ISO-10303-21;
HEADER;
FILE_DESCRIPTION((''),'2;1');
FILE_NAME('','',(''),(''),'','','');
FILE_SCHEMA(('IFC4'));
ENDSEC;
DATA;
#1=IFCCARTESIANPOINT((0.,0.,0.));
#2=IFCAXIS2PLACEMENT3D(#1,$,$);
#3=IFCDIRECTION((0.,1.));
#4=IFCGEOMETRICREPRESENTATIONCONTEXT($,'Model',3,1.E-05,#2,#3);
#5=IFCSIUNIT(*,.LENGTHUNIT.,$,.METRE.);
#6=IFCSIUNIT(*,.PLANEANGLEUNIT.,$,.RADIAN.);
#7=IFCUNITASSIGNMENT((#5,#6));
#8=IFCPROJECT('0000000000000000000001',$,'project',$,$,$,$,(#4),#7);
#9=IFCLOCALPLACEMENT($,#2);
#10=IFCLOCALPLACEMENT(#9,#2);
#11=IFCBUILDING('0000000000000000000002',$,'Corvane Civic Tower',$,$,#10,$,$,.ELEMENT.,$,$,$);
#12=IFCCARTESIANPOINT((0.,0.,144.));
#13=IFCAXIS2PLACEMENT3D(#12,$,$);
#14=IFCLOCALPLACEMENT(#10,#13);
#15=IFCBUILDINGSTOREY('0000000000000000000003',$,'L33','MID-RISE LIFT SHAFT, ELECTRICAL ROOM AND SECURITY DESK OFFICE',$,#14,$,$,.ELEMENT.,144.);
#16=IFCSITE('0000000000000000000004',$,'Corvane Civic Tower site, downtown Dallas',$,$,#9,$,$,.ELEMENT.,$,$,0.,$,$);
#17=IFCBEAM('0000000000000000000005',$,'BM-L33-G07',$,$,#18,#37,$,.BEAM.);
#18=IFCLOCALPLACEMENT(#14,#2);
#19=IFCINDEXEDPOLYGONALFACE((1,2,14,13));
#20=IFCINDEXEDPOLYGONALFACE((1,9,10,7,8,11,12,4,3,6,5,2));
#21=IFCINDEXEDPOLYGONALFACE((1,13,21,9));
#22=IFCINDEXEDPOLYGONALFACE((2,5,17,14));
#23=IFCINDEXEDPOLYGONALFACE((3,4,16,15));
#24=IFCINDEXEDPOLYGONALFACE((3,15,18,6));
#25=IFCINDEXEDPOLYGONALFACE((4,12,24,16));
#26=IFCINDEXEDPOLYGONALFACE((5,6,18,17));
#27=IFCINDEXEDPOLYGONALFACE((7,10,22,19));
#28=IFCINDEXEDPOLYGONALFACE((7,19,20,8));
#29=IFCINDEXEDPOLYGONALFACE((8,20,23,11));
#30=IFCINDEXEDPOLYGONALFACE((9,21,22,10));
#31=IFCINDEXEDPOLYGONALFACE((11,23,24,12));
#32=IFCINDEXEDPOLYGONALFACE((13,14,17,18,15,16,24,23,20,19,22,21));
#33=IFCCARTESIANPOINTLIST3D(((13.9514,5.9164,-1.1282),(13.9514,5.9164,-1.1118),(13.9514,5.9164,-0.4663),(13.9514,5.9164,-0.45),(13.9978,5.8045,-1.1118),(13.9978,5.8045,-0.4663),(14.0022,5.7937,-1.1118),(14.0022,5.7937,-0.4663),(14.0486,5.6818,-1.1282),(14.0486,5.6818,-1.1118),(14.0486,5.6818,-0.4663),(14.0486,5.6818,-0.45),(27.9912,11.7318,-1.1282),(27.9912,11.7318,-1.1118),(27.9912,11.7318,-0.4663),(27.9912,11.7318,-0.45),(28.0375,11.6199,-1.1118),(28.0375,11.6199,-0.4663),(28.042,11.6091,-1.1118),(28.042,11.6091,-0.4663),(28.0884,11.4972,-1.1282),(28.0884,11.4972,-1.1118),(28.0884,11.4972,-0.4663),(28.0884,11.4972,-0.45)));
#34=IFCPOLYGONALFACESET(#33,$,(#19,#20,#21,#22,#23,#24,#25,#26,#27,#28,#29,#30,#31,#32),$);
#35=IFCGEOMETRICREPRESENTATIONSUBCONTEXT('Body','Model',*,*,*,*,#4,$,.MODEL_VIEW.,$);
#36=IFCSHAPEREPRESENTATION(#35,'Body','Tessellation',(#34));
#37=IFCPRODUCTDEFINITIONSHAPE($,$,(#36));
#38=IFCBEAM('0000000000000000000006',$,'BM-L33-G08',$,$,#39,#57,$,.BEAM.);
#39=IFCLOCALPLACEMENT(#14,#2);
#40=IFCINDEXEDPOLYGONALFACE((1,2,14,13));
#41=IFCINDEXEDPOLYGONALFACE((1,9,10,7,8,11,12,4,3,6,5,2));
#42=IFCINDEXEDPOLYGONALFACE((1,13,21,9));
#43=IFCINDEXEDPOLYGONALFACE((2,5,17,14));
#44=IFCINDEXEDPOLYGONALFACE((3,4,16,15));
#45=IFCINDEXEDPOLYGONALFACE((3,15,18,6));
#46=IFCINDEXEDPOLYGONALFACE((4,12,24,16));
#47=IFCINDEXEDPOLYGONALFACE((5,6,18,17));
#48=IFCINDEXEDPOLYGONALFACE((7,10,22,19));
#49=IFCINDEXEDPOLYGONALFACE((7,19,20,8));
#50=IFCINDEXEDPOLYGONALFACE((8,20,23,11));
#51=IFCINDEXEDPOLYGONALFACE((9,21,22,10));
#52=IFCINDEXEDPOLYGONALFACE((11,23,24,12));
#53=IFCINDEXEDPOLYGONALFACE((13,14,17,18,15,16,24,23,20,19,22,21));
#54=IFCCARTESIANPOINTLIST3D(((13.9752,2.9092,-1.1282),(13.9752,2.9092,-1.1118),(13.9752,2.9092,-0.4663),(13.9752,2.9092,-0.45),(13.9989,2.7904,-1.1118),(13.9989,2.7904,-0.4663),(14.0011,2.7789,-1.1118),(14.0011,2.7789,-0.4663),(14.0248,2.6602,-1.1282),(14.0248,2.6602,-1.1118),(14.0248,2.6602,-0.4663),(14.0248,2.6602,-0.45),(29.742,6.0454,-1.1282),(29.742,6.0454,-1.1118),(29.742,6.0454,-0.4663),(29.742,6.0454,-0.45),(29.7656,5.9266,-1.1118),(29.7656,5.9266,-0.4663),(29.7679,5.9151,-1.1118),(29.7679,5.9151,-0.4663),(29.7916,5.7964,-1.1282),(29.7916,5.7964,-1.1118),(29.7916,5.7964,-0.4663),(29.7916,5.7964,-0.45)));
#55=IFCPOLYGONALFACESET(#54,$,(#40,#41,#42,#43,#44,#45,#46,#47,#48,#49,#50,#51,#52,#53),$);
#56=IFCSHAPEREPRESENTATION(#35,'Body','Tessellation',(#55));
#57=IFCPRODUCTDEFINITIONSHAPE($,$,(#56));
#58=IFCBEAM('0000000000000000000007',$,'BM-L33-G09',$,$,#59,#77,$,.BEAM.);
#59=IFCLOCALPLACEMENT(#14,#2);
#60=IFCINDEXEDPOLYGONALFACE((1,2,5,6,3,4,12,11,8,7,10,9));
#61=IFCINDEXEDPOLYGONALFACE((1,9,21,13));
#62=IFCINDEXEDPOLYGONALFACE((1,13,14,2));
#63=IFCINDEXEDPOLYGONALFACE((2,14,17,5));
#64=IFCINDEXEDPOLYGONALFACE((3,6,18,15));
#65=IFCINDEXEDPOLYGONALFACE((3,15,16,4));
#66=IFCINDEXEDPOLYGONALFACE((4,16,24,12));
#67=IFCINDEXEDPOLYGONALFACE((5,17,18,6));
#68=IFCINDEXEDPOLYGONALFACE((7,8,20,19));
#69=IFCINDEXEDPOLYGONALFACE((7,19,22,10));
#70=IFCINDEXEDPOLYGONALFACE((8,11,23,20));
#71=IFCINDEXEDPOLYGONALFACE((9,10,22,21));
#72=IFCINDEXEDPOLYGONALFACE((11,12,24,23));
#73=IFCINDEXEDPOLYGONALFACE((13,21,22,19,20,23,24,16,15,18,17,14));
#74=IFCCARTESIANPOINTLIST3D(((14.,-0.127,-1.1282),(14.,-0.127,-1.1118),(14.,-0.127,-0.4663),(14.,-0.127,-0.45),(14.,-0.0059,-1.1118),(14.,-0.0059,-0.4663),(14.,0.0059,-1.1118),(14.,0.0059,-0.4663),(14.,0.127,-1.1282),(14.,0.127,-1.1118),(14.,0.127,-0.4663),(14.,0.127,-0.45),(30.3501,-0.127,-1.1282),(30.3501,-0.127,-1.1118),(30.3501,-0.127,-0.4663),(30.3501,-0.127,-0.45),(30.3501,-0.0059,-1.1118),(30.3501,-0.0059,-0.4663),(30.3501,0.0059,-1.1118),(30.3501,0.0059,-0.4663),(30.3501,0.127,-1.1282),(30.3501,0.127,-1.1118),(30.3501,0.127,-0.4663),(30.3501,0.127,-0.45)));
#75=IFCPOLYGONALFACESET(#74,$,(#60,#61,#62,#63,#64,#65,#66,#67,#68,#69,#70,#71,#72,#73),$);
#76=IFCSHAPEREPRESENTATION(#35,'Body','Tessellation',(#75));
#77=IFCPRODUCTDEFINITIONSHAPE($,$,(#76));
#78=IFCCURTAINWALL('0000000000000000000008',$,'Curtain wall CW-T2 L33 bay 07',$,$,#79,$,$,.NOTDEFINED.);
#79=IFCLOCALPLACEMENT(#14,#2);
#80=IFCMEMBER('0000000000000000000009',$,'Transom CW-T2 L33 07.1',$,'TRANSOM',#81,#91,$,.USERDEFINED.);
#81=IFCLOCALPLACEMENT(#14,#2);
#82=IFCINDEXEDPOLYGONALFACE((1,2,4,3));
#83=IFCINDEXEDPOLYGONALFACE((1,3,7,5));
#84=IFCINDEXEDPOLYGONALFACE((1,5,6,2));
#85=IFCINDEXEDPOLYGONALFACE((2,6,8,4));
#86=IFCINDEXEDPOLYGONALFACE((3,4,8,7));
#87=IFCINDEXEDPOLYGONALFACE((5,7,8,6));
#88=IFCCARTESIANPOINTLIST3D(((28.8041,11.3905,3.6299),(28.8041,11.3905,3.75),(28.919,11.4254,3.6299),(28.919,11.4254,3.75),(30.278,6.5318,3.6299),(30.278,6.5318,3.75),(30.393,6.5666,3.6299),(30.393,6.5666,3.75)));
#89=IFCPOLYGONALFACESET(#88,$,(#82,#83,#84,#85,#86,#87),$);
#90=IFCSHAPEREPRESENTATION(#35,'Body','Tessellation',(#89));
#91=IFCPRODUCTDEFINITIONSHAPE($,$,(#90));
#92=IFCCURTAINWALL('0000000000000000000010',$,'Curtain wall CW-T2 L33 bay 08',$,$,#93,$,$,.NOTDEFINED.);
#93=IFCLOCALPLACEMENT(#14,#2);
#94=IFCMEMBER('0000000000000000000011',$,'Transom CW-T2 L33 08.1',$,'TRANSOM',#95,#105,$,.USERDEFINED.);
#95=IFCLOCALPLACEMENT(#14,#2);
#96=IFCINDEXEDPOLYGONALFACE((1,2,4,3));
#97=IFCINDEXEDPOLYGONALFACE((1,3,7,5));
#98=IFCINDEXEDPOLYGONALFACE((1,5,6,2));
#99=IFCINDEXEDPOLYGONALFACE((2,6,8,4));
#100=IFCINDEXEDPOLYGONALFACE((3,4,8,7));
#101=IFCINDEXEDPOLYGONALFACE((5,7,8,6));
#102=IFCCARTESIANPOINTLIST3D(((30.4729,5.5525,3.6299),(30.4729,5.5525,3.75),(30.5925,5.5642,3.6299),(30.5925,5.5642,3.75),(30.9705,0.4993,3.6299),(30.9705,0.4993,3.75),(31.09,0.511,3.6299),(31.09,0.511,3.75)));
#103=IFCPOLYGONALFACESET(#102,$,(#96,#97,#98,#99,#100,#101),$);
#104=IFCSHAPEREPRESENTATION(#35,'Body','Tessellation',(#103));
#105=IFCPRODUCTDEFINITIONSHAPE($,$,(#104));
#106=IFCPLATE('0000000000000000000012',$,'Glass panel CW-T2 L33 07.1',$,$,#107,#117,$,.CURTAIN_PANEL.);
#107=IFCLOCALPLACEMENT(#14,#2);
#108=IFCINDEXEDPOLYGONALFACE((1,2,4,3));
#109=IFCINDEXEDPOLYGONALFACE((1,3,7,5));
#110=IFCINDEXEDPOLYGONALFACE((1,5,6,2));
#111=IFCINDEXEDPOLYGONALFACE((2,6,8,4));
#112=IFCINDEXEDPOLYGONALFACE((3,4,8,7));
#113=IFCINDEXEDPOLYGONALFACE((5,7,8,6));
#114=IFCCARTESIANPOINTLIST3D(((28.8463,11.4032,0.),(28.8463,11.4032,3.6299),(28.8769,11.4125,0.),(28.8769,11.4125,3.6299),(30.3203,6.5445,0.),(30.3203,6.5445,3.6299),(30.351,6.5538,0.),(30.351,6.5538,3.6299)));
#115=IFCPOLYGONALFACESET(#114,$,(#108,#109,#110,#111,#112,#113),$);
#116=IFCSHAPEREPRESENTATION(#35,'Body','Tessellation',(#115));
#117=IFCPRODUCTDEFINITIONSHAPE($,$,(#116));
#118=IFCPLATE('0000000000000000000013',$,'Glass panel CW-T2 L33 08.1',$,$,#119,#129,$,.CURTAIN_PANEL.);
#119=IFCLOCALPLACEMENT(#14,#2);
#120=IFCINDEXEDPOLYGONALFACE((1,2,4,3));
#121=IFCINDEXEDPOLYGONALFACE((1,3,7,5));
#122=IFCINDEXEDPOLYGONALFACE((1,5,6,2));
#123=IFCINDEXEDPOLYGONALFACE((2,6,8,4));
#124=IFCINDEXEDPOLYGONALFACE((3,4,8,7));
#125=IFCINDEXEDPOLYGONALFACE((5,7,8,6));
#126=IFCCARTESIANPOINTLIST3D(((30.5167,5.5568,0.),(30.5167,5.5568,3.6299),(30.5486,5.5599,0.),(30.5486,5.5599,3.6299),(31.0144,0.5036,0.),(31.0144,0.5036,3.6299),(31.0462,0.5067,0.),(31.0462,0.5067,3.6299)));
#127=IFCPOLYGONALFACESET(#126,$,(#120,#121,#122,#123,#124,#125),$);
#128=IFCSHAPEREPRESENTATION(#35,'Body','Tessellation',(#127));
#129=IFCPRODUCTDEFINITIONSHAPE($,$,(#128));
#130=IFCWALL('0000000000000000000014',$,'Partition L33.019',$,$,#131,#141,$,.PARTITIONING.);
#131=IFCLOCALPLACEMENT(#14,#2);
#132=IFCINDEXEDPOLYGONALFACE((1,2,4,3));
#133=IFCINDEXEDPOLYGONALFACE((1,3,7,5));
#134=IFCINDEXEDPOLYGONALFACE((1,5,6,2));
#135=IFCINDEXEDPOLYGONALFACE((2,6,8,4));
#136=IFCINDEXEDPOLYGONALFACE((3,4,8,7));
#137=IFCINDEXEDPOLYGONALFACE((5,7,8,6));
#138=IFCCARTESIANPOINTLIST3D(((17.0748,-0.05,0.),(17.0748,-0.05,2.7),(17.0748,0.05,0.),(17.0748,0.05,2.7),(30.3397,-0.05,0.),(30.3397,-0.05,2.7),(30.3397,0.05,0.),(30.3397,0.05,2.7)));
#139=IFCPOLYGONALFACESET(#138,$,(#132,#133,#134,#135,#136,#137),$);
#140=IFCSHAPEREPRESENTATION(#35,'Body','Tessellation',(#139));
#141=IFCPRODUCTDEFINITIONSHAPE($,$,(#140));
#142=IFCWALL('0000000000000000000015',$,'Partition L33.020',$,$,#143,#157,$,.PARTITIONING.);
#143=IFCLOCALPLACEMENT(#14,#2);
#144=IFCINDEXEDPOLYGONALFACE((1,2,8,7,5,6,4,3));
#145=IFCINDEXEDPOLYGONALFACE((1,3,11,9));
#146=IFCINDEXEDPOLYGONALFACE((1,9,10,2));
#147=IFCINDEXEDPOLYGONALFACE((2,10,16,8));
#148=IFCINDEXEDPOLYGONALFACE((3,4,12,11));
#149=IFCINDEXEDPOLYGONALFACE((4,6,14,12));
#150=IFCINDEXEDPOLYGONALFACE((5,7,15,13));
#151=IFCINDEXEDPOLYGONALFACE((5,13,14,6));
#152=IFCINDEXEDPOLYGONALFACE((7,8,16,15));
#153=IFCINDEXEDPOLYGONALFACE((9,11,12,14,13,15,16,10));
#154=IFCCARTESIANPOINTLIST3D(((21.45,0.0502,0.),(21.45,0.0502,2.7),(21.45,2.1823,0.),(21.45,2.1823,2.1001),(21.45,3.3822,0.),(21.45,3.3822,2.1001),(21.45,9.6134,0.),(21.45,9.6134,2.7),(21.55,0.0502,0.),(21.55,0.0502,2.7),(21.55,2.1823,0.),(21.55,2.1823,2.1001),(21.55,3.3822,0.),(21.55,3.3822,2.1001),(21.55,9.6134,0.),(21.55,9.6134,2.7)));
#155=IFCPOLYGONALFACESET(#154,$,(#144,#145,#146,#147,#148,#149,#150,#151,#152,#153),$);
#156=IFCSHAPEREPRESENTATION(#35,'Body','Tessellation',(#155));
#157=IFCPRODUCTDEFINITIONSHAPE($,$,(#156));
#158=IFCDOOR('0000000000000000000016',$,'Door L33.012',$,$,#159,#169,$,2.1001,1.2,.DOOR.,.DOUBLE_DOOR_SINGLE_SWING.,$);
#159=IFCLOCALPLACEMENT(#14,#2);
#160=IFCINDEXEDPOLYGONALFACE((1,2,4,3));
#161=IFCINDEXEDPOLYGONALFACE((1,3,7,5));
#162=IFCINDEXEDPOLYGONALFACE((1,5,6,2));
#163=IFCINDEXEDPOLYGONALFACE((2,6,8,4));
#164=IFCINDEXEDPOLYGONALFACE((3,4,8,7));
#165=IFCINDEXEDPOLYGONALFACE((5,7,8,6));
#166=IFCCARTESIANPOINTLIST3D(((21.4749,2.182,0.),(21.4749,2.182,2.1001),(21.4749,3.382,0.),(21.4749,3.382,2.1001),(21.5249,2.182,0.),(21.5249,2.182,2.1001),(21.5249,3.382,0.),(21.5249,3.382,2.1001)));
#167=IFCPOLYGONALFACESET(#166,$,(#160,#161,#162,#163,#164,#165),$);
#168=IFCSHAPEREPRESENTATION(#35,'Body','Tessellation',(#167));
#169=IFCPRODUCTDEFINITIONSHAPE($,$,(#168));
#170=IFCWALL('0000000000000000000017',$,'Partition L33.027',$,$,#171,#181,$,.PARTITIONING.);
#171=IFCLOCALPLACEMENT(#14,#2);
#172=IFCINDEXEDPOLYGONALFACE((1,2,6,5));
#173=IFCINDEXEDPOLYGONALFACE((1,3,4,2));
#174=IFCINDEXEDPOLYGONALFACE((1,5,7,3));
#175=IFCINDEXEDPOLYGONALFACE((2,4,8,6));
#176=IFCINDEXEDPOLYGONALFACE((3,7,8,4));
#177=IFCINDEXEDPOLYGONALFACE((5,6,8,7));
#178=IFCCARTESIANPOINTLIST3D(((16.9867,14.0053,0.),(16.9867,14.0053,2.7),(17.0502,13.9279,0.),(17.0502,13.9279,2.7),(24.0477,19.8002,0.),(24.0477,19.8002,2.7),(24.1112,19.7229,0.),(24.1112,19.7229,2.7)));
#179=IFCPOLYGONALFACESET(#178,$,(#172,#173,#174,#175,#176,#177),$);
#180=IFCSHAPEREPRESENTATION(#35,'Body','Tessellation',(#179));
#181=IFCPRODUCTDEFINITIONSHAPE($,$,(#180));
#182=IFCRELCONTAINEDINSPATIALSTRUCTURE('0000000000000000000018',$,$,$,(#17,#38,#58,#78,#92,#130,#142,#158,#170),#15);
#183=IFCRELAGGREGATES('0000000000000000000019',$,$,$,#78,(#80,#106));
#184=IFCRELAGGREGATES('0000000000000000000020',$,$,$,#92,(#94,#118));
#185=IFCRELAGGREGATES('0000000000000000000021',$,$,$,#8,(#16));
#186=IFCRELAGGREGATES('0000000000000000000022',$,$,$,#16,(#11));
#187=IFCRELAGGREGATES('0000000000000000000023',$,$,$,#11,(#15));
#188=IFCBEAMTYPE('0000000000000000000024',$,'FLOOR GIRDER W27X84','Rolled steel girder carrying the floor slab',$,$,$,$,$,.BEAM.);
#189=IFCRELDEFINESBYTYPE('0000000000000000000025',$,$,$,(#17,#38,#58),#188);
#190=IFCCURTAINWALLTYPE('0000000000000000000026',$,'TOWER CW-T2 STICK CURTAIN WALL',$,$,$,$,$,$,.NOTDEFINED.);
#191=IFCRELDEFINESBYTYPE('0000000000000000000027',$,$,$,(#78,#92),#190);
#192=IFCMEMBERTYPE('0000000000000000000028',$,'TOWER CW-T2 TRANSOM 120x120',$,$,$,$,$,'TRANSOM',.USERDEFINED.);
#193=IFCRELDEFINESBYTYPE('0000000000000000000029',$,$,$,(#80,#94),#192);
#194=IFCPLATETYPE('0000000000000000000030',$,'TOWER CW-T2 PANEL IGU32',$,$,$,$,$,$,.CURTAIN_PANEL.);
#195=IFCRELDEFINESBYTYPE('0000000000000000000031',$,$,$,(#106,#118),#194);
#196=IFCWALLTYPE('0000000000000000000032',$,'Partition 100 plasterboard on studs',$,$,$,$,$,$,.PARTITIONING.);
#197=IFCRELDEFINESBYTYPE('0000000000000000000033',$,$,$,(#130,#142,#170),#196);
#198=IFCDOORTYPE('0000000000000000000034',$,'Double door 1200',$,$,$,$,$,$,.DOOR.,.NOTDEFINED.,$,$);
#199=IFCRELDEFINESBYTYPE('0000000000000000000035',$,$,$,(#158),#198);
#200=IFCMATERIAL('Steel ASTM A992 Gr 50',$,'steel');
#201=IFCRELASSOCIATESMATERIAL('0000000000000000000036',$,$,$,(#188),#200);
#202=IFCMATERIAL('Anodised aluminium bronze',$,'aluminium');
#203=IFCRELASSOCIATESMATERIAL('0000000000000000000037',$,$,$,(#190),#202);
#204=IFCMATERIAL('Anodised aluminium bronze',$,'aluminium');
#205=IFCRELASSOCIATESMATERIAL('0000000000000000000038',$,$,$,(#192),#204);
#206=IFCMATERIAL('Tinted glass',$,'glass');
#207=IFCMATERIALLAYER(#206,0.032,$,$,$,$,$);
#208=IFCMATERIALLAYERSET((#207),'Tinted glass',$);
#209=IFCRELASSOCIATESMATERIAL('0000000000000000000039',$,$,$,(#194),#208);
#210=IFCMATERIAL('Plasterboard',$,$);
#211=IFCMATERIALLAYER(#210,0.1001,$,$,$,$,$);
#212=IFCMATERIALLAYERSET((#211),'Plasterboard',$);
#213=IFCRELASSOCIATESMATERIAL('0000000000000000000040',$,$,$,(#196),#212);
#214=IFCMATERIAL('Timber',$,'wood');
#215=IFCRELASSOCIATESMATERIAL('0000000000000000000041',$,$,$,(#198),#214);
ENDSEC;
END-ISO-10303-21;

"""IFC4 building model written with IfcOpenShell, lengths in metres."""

from ifc_helpers import new_model, si_unit, direction, frame, frame_2d, origin, origin_2d, place, context, subcontext, project, spatial, rectangle, i_section, extrude, material, layer, layer_set, material_profile, profile_set, type_object, element, fill, aggregate, save


model = new_model("IFC4")

# Units and contexts
model_context = context("Model", 3, precision=1e-05, world=origin(), true_north=direction((0.0, 1.0)))
body_context = subcontext(model_context, "Body", "Model", "MODEL_VIEW")
ifc_project = project(units=[si_unit("LENGTHUNIT", "METRE"), si_unit("PLANEANGLEUNIT", "RADIAN")], contexts=[model_context])

# Site, building, storey
site_placement = place(None, origin())
site = spatial("IfcSite", under=ifc_project, at=site_placement, Name="Corvane Civic Tower site, downtown Dallas", CompositionType="ELEMENT", RefElevation=0.0)
building_placement = place(site_placement, origin())
building = spatial("IfcBuilding", under=site, at=building_placement, Name="Corvane Civic Tower", CompositionType="ELEMENT")
storey_placement = place(building_placement, frame((0.0, 0.0, 144.0)))
storey = spatial("IfcBuildingStorey", under=building, at=storey_placement, Name="L33", Description="MID-RISE LIFT SHAFT, ELECTRICAL ROOM AND SECURITY DESK OFFICE", CompositionType="ELEMENT", Elevation=144.0)

# Beams
ifc_material_1 = material(Name="Steel ASTM A992 Gr 50", Category="steel")
ifc_material_profile_1 = material_profile(ifc_material_1, i_section(OverallWidth=0.2539, OverallDepth=0.6782, WebThickness=0.0117, FlangeThickness=0.0164, at=origin_2d()), Name="W27X84")
ifc_profile_set_1 = profile_set([ifc_material_profile_1], Name="Steel ASTM A992 Gr 50")
beam_type_1 = type_object("IfcBeamType", Name="FLOOR GIRDER W27X84", Description="Rolled steel girder carrying the floor slab", PredefinedType="BEAM", material=ifc_profile_set_1)
beam_1_placement = place(storey_placement, frame((14.0, 5.7991, -0.7891), z_axis=(0.923881, 0.382681, 0.0), x_axis=(-0.382681, 0.923881, 0.0)))
element("IfcBeam", 1, at=beam_1_placement, inside=storey, type_object=beam_type_1, Name="BM-L33-G07", PredefinedType="BEAM", context=body_context, shape_type="SweptSolid", body=[
    extrude(i_section(OverallWidth=0.2539, OverallDepth=0.6782, WebThickness=0.0117, FlangeThickness=0.0164, at=origin_2d()), origin(), (0.0, 0.0, 1.0), 15.1965),
])
beam_2_placement = place(storey_placement, frame((14.0, 2.7847, -0.7891), z_axis=(0.980785, 0.195091, 0.0), x_axis=(-0.195091, 0.980785, 0.0)))
element("IfcBeam", 2, at=beam_2_placement, inside=storey, type_object=beam_type_1, Name="BM-L33-G08", PredefinedType="BEAM", context=body_context, shape_type="SweptSolid", body=[
    extrude(i_section(OverallWidth=0.2539, OverallDepth=0.6782, WebThickness=0.0117, FlangeThickness=0.0164, at=origin_2d()), origin(), (0.0, 0.0, 1.0), 16.0757),
])
beam_3_placement = place(storey_placement, frame((14.0, 0.0, -0.7891), z_axis=(1.0, 0.0, 0.0), x_axis=(0.0, 1.0, 0.0)))
element("IfcBeam", 3, at=beam_3_placement, inside=storey, type_object=beam_type_1, Name="BM-L33-G09", PredefinedType="BEAM", context=body_context, shape_type="SweptSolid", body=[
    extrude(i_section(OverallWidth=0.2539, OverallDepth=0.6782, WebThickness=0.0117, FlangeThickness=0.0164, at=origin_2d()), origin(), (0.0, 0.0, 1.0), 16.3501),
])

# Curtain walls, members
ifc_material_2 = material(Name="Anodised aluminium bronze", Category="aluminium")
curtain_wall_type = type_object("IfcCurtainWallType", Name="TOWER CW-T2 STICK CURTAIN WALL", PredefinedType="NOTDEFINED", material=ifc_material_2)
curtain_wall_1_placement = place(storey_placement, origin())
curtain_wall_1 = element("IfcCurtainWall", 4, at=curtain_wall_1_placement, inside=storey, type_object=curtain_wall_type, Name="Curtain wall CW-T2 L33 bay 07", PredefinedType="NOTDEFINED")
ifc_material_3 = material(Name="Anodised aluminium bronze", Category="aluminium")
ifc_material_profile_2 = material_profile(ifc_material_3, rectangle(XDim=0.1201, YDim=0.1201, at=origin_2d()), Name="TOWER CW-T2 TRANSOM 120x120")
ifc_profile_set_2 = profile_set([ifc_material_profile_2], Name="Anodised aluminium bronze")
member_type = type_object("IfcMemberType", Name="TOWER CW-T2 TRANSOM 120x120", ElementType="TRANSOM", PredefinedType="USERDEFINED", material=ifc_profile_set_2)
member_1_placement = place(storey_placement, frame((28.8616, 11.408, 3.6899), z_axis=(0.290289, -0.956939, 0.0), x_axis=(0.956939, 0.290289, 0.0)))
member_1 = element("IfcMember", 5, at=member_1_placement, type_object=member_type, Name="Transom CW-T2 L33 07.1", ObjectType="TRANSOM", PredefinedType="USERDEFINED", context=body_context, shape_type="SweptSolid", body=[
    extrude(rectangle(XDim=0.1201, YDim=0.1201, at=origin_2d()), origin(), (0.0, 0.0, 1.0), 5.0774),
])
curtain_wall_2_placement = place(storey_placement, origin())
curtain_wall_2 = element("IfcCurtainWall", 6, at=curtain_wall_2_placement, inside=storey, type_object=curtain_wall_type, Name="Curtain wall CW-T2 L33 bay 08", PredefinedType="NOTDEFINED")
member_2_placement = place(storey_placement, frame((30.5327, 5.5583, 3.6899), z_axis=(0.09799, -0.995187, 0.0), x_axis=(0.995187, 0.09799, 0.0)))
member_2 = element("IfcMember", 7, at=member_2_placement, type_object=member_type, Name="Transom CW-T2 L33 08.1", ObjectType="TRANSOM", PredefinedType="USERDEFINED", context=body_context, shape_type="SweptSolid", body=[
    extrude(rectangle(XDim=0.1201, YDim=0.1201, at=origin_2d()), origin(), (0.0, 0.0, 1.0), 5.0776),
])

# Plates
ifc_material_4 = material(Name="Tinted glass", Category="glass")
ifc_layer_1 = layer(ifc_material_4, 0.032)
ifc_layer_set_1 = layer_set([ifc_layer_1], Name="Tinted glass")
plate_type = type_object("IfcPlateType", Name="TOWER CW-T2 PANEL IGU32", PredefinedType="CURTAIN_PANEL", material=ifc_layer_set_1)
plate_1_placement = place(storey_placement, frame((29.5986, 8.9785, 0.0), z_axis=(0.0, 0.0, 1.0), x_axis=(0.290313, -0.956932, 0.0)))
plate_1 = element("IfcPlate", 8, at=plate_1_placement, type_object=plate_type, Name="Glass panel CW-T2 L33 07.1", PredefinedType="CURTAIN_PANEL", context=body_context, shape_type="SweptSolid", body=[
    extrude(rectangle(XDim=5.0774, YDim=0.032, at=origin_2d()), origin(), (0.0, 0.0, 1.0), 3.6299),
])
aggregate(curtain_wall_1, [member_1, plate_1])
plate_2_placement = place(storey_placement, frame((30.7815, 3.0317, 0.0), z_axis=(0.0, 0.0, 1.0), x_axis=(0.098012, -0.995185, 0.0)))
plate_2 = element("IfcPlate", 9, at=plate_2_placement, type_object=plate_type, Name="Glass panel CW-T2 L33 08.1", PredefinedType="CURTAIN_PANEL", context=body_context, shape_type="SweptSolid", body=[
    extrude(rectangle(XDim=5.0776, YDim=0.032, at=origin_2d()), origin(), (0.0, 0.0, 1.0), 3.6299),
])
aggregate(curtain_wall_2, [member_2, plate_2])

# Wall
ifc_material_5 = material(Name="Plasterboard")
ifc_layer_2 = layer(ifc_material_5, 0.1001)
ifc_layer_set_2 = layer_set([ifc_layer_2], Name="Plasterboard")
wall_type_1 = type_object("IfcWallType", Name="Partition 100 plasterboard on studs", PredefinedType="PARTITIONING", material=ifc_layer_set_2)
wall_1_placement = place(storey_placement, frame((17.075, 0.0, 0.0), z_axis=(0.0, 0.0, 1.0), x_axis=(1.0, 0.0, 0.0)))
element("IfcWall", 10, at=wall_1_placement, inside=storey, type_object=wall_type_1, Name="Partition L33.019", PredefinedType="PARTITIONING", context=body_context, shape_type="SweptSolid", body=[
    extrude(rectangle(XDim=13.2649, YDim=0.1001, at=frame_2d((6.6323, 0.0))), origin(), (0.0, 0.0, 1.0), 2.7),
])

# Wall, opening, door
wall_2_placement = place(storey_placement, frame((21.5, 0.05, 0.0), z_axis=(0.0, 0.0, 1.0), x_axis=(0.0, 1.0, 0.0)))
wall_2 = element("IfcWall", 11, at=wall_2_placement, inside=storey, type_object=wall_type_1, Name="Partition L33.020", PredefinedType="PARTITIONING", context=body_context, shape_type="SweptSolid", body=[
    extrude(rectangle(XDim=9.5632, YDim=0.1001, at=frame_2d((4.7817, 0.0))), origin(), (0.0, 0.0, 1.0), 2.7),
])
opening_1_placement = place(wall_2_placement, frame((2.1321, 0.0, 0.0)))
opening_1 = element("IfcOpeningElement", 12, at=opening_1_placement, cuts=wall_2, PredefinedType="OPENING", context=body_context, shape_type="SweptSolid", body=[
    extrude(rectangle(XDim=1.2, YDim=2.1001, at=frame_2d((0.6001, 1.05))), frame((0.0, 0.0601, 0.0), z_axis=(0.0, -1.0, 0.0), x_axis=(1.0, 0.0, 0.0)), (0.0, 0.0, 1.0), 0.1201),
])
ifc_material_6 = material(Name="Timber", Category="wood")
door_type_1 = type_object("IfcDoorType", Name="Double door 1200", OperationType="NOTDEFINED", PredefinedType="DOOR", material=ifc_material_6)
door_1_placement = place(opening_1_placement, frame((1.2, 0.0, 0.0), z_axis=(0.0, 0.0, 1.0), x_axis=(-1.0, 0.0, 0.0)))
door_1 = element("IfcDoor", 13, at=door_1_placement, inside=storey, type_object=door_type_1, Name="Door L33.012", OperationType="DOUBLE_DOOR_SINGLE_SWING", OverallHeight=2.1001, OverallWidth=1.2, PredefinedType="DOOR", context=body_context, shape_type="SweptSolid", body=[
    extrude(rectangle(XDim=1.2, YDim=2.1001, at=frame_2d((0.6001, 1.05))), frame((0.0, 0.0249, 0.0), z_axis=(0.0, -1.0, 0.0), x_axis=(1.0, 0.0, 0.0)), (0.0, 0.0, 1.0), 0.05),
])
fill(opening_1, door_1)

# Wall
wall_3_placement = place(storey_placement, frame((17.0183, 13.9666, 0.0), z_axis=(0.0, 0.0, 1.0), x_axis=(0.773006, 0.634399, 0.0)))
element("IfcWall", 14, at=wall_3_placement, inside=storey, type_object=wall_type_1, Name="Partition L33.027", PredefinedType="PARTITIONING", context=body_context, shape_type="SweptSolid", body=[
    extrude(rectangle(XDim=9.1345, YDim=0.1001, at=frame_2d((4.5674, 0.0))), origin(), (0.0, 0.0, 1.0), 2.7),
])

save(model, "model.ifc")
